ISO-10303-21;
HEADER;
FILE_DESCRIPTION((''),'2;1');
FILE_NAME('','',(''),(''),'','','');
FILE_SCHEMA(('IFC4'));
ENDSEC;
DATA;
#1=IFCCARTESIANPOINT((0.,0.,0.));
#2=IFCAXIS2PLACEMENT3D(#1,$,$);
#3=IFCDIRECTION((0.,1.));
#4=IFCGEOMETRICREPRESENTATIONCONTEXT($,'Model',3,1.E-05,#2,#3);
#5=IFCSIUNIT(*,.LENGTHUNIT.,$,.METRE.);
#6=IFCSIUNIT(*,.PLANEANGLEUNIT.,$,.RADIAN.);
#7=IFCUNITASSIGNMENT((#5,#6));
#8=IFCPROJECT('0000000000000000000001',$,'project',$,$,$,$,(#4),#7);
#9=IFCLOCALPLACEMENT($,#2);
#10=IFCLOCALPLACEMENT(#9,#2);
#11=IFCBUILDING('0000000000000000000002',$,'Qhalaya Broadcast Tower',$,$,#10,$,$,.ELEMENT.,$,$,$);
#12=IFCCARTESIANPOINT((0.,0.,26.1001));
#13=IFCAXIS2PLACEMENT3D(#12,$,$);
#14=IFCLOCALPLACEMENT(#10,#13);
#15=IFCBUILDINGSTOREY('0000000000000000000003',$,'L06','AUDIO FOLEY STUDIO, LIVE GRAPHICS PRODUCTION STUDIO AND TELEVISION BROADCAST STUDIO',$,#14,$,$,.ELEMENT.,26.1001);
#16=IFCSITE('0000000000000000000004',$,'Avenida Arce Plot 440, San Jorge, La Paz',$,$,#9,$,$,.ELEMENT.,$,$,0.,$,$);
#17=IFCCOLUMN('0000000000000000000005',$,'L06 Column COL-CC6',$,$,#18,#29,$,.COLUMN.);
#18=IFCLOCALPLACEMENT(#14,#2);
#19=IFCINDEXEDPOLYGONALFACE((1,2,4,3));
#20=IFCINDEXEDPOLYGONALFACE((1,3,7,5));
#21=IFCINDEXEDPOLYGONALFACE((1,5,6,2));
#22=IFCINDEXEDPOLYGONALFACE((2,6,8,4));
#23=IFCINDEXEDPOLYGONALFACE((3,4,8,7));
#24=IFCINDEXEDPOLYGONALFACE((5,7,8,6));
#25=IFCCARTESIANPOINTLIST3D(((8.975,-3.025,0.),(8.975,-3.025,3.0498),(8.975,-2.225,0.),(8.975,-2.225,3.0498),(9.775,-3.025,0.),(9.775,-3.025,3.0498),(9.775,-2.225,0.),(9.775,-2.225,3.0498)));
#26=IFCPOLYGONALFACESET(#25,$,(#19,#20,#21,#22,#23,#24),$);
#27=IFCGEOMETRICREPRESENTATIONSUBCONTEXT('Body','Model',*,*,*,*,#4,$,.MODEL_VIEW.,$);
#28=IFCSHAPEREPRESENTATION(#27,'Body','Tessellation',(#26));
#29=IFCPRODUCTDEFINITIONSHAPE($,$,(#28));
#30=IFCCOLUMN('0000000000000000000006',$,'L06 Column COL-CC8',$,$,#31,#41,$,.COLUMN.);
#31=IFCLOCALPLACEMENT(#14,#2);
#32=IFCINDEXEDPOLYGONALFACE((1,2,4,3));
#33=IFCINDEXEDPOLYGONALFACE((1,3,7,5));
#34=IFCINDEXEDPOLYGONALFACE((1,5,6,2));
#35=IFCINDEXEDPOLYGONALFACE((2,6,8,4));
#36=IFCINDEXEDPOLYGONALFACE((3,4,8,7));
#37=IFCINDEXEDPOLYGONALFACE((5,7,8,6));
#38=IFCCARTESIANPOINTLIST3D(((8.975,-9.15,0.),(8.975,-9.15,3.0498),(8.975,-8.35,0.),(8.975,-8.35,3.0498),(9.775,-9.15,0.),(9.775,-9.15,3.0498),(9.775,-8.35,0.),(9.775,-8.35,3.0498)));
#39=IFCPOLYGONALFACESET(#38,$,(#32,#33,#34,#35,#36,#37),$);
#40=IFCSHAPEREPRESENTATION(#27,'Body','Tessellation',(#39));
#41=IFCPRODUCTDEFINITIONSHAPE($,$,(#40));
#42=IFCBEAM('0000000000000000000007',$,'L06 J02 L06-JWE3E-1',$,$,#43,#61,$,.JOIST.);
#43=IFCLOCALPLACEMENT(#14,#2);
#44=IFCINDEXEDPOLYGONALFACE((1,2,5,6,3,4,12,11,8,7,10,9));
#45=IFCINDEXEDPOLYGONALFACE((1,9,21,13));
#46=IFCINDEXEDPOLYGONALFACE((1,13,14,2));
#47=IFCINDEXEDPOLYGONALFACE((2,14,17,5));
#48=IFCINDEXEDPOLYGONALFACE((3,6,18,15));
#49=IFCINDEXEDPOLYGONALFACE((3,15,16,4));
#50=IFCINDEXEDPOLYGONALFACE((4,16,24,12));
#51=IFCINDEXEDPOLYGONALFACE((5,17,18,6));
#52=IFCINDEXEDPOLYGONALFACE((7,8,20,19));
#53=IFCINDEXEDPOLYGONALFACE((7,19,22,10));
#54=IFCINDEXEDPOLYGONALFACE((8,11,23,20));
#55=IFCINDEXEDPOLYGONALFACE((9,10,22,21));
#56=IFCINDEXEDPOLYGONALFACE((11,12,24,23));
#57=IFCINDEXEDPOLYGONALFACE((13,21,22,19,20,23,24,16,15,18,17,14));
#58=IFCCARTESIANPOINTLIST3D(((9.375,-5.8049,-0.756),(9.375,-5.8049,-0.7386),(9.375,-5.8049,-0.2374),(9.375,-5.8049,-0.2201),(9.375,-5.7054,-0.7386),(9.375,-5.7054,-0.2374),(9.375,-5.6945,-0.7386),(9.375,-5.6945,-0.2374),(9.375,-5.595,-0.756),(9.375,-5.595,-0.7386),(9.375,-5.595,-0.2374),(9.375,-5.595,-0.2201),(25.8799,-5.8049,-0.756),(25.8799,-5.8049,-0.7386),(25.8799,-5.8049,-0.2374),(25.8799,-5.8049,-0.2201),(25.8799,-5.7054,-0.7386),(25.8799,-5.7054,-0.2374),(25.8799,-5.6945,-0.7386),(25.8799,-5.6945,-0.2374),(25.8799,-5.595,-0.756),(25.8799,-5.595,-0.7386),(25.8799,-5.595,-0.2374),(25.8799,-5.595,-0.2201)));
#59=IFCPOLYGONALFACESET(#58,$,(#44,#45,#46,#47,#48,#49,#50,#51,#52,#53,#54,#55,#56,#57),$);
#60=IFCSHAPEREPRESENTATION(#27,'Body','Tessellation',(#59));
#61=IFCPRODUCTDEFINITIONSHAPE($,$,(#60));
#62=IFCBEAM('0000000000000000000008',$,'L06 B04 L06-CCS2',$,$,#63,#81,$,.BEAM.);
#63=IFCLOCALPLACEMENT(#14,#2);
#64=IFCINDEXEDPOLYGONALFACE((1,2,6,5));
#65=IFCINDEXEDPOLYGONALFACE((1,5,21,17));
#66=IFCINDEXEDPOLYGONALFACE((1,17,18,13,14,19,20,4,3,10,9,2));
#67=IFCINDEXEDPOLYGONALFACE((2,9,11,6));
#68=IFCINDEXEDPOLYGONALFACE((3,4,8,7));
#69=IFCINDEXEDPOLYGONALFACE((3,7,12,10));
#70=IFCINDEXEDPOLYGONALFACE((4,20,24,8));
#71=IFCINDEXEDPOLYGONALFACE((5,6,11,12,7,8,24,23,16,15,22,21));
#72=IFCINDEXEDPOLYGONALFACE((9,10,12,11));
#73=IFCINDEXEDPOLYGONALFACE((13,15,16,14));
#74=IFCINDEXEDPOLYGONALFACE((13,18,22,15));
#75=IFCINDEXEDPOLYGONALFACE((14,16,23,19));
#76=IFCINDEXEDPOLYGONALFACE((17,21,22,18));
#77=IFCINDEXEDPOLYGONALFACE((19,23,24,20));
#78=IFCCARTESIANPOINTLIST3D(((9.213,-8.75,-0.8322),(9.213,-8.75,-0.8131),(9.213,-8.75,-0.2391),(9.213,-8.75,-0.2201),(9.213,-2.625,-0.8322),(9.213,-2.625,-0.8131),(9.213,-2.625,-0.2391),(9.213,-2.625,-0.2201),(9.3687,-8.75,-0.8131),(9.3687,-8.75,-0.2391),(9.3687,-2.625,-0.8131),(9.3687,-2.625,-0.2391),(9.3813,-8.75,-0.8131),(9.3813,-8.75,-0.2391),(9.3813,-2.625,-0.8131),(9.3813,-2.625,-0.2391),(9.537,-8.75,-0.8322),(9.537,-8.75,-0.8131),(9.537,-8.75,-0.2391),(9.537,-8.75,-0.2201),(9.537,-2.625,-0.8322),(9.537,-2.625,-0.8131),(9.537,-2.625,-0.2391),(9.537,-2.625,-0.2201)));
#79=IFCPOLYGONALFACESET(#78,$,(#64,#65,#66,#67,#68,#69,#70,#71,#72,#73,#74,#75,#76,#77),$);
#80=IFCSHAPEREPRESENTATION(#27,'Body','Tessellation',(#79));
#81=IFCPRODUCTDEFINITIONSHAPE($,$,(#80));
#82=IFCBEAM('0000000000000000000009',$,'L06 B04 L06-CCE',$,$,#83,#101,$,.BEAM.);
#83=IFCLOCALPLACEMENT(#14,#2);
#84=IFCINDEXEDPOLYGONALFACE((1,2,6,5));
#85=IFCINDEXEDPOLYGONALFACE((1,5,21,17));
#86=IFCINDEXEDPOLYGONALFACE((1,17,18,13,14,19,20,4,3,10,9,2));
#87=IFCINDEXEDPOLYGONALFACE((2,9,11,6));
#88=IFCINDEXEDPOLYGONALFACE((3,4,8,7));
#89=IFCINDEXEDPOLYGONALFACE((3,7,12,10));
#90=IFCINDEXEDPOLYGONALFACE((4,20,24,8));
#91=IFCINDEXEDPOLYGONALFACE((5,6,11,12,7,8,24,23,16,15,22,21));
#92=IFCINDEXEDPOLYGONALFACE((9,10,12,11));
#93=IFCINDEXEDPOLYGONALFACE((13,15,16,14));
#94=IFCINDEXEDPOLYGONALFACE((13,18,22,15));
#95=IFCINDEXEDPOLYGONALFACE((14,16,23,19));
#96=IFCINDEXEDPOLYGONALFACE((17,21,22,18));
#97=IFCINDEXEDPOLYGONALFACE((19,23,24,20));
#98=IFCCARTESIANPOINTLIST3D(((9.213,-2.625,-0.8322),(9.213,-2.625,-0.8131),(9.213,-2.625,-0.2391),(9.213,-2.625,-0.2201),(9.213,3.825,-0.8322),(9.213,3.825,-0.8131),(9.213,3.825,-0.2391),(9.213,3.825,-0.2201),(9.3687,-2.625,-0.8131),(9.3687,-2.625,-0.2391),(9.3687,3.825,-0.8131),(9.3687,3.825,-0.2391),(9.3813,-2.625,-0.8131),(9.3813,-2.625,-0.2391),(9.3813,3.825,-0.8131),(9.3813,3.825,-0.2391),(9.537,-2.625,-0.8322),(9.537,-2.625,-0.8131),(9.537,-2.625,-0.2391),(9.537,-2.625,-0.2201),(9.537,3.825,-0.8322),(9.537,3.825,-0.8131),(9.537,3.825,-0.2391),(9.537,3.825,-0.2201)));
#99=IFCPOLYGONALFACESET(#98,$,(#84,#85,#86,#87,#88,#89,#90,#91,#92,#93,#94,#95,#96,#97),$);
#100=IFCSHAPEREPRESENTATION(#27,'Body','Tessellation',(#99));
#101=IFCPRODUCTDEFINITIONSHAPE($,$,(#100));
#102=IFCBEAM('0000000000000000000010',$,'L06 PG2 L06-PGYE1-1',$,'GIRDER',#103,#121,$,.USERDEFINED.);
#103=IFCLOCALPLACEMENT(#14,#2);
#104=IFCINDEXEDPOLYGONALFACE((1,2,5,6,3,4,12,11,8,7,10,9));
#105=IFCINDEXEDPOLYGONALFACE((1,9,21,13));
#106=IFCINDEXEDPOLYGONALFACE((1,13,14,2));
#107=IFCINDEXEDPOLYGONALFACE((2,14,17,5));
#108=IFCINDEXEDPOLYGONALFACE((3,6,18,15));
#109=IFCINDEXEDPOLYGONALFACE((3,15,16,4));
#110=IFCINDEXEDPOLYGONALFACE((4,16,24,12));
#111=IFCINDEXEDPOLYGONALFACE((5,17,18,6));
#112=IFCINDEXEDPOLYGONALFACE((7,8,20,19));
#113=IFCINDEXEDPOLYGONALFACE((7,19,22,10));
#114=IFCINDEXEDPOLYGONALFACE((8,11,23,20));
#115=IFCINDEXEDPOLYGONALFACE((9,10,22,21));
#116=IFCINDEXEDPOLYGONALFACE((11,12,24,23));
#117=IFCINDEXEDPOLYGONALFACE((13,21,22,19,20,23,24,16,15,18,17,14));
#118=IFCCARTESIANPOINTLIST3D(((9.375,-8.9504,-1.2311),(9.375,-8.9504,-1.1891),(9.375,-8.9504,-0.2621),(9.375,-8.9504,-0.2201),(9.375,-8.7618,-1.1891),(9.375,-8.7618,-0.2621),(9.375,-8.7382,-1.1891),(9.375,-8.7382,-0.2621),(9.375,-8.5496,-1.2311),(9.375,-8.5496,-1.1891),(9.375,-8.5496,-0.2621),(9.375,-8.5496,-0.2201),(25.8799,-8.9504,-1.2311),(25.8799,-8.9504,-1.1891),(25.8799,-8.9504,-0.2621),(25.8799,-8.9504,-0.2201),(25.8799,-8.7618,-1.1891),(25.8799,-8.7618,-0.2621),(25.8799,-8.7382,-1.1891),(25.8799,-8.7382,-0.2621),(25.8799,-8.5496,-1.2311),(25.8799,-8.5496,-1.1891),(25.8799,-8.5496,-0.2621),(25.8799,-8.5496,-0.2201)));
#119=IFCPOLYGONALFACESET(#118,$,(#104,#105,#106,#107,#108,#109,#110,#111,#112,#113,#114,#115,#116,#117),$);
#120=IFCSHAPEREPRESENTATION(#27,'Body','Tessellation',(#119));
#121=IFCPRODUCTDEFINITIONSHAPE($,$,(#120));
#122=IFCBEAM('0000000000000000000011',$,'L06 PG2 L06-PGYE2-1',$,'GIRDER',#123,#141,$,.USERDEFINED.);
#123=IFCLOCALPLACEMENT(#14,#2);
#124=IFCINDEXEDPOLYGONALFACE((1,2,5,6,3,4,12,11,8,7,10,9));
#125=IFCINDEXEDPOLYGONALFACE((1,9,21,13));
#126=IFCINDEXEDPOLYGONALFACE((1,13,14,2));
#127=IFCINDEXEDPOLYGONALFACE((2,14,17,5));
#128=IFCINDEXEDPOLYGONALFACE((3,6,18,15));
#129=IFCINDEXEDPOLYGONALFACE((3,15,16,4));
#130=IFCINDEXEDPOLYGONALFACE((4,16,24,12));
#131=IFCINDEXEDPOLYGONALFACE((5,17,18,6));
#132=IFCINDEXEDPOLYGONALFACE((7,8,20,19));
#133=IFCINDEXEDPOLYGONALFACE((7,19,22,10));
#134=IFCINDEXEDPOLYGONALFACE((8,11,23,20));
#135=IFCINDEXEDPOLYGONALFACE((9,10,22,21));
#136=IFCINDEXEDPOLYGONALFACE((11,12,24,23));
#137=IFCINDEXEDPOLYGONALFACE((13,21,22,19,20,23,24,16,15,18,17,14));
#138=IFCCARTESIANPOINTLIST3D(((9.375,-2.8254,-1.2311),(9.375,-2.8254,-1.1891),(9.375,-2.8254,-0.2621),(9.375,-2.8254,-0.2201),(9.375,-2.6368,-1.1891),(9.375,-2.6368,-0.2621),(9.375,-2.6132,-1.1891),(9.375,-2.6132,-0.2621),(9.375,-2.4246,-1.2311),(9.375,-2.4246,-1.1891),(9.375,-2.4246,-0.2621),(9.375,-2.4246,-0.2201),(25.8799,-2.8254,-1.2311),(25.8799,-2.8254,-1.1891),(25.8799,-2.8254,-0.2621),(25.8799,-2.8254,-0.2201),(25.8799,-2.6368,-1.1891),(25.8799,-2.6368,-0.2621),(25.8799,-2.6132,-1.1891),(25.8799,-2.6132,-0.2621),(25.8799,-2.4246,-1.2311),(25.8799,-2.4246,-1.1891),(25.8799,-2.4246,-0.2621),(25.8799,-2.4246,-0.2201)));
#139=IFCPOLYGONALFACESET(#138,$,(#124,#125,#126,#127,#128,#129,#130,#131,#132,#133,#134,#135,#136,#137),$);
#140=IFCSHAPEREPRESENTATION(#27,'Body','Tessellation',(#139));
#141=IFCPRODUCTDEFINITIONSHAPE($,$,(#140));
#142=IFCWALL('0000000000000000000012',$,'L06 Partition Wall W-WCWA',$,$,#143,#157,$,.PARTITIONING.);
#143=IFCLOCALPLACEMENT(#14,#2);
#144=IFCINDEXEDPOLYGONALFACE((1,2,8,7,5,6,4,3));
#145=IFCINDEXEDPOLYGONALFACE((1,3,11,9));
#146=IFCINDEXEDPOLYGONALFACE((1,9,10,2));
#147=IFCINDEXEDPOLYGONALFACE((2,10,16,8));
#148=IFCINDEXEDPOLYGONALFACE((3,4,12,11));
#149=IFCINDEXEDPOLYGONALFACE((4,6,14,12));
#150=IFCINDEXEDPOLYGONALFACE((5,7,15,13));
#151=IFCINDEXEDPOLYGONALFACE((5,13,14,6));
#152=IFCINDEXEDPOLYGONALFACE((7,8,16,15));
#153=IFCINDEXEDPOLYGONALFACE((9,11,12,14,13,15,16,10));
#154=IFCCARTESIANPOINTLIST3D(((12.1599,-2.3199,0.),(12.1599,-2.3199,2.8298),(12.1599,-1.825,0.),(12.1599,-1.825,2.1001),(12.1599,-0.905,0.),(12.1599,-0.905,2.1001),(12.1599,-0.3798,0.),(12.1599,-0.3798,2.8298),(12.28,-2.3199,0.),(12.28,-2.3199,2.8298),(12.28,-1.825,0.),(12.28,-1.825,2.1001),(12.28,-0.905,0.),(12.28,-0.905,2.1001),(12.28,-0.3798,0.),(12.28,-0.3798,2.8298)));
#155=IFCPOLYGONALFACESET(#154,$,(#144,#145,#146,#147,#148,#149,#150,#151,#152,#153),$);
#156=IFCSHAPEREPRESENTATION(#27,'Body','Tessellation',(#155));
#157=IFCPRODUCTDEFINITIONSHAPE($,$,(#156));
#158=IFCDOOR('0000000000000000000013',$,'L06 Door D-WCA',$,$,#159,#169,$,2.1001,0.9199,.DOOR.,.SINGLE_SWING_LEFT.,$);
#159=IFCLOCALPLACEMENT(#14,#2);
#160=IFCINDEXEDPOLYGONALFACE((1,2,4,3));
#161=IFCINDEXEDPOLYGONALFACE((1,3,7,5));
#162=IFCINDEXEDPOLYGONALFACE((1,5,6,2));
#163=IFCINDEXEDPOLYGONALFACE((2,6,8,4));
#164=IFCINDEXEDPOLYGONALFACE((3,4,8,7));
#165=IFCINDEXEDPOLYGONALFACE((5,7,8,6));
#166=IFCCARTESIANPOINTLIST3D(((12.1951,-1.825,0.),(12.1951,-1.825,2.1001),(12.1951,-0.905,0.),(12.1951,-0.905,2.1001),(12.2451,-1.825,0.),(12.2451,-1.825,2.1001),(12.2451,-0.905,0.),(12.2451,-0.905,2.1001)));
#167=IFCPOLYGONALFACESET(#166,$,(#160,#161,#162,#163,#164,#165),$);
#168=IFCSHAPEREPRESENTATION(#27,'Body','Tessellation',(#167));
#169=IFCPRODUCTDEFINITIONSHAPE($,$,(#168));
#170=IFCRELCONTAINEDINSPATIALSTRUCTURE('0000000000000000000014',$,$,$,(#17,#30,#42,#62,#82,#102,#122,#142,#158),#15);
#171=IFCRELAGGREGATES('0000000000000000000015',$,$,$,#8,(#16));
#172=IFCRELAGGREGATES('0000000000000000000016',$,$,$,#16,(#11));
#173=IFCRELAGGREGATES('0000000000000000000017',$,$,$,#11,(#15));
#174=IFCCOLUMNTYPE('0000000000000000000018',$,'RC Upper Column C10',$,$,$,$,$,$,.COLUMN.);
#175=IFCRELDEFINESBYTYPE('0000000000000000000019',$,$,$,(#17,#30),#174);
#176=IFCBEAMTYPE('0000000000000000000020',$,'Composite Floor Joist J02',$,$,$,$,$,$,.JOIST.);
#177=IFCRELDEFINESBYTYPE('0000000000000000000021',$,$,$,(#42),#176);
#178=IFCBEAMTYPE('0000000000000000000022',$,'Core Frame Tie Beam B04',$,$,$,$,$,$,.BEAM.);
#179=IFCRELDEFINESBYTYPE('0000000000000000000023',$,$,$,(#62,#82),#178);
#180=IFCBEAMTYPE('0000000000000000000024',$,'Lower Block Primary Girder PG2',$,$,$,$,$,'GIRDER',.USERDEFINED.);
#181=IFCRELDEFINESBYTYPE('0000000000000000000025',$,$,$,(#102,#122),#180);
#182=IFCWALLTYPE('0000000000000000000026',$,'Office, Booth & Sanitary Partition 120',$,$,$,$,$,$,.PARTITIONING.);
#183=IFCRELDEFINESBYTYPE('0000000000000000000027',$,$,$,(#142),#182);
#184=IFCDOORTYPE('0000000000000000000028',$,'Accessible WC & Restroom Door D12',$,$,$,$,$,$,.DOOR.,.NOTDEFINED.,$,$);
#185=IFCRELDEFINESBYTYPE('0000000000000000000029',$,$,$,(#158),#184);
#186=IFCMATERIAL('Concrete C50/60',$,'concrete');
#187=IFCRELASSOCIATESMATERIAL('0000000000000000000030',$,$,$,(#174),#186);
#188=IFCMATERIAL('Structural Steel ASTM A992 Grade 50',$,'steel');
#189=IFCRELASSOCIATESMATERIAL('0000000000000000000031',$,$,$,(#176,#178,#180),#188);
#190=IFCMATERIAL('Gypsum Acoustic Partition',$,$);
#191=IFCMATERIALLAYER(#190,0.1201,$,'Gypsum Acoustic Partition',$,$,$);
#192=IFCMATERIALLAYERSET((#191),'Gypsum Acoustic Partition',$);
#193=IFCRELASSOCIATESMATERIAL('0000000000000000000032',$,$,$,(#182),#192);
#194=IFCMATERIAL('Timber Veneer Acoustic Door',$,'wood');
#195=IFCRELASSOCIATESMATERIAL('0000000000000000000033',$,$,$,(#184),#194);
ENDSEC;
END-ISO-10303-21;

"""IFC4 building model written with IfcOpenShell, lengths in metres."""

from ifc_helpers import new_model, si_unit, direction, frame, frame_2d, origin, origin_2d, place, context, subcontext, project, spatial, rectangle, i_section, extrude, material, layer, layer_set, material_profile, profile_set, type_object, element, fill, save


model = new_model("IFC4")

# Units and contexts
model_context = context("Model", 3, precision=1e-05, world=origin(), true_north=direction((0.0, 1.0)))
body_context = subcontext(model_context, "Body", "Model", "MODEL_VIEW")
ifc_project = project(units=[si_unit("LENGTHUNIT", "METRE"), si_unit("PLANEANGLEUNIT", "RADIAN")], contexts=[model_context])

# Site, building, storey
site_placement = place(None, origin())
site = spatial("IfcSite", under=ifc_project, at=site_placement, Name="Avenida Arce Plot 440, San Jorge, La Paz", CompositionType="ELEMENT", RefElevation=0.0)
building_placement = place(site_placement, origin())
building = spatial("IfcBuilding", under=site, at=building_placement, Name="Qhalaya Broadcast Tower", CompositionType="ELEMENT")
storey_placement = place(building_placement, frame((0.0, 0.0, 26.1001)))
storey = spatial("IfcBuildingStorey", under=building, at=storey_placement, Name="L06", Description="AUDIO FOLEY STUDIO, LIVE GRAPHICS PRODUCTION STUDIO AND TELEVISION BROADCAST STUDIO", CompositionType="ELEMENT", Elevation=26.1001)

# Columns
ifc_material_1 = material(Name="Concrete C50/60", Category="concrete")
ifc_material_profile_1 = material_profile(ifc_material_1, rectangle(XDim=0.8, YDim=0.8, at=origin_2d()), Name="RC-COL 800x800")
ifc_profile_set_1 = profile_set([ifc_material_profile_1], Name="Concrete C50/60")
column_type = type_object("IfcColumnType", Name="RC Upper Column C10", PredefinedType="COLUMN", material=ifc_profile_set_1)
for number, where, z_axis, x_axis, name in (
    (1, (9.375, -2.625, 0.0), (0.0, 0.0, 1.0), (1.0, 0.0, 0.0), "L06 Column COL-CC6"),
    (2, (9.375, -8.75, 0.0), (0.0, 0.0, 1.0), (1.0, 0.0, 0.0), "L06 Column COL-CC8"),
):
    element("IfcColumn", number, at=place(storey_placement, frame(where, z_axis=z_axis, x_axis=x_axis)), inside=storey, type_object=column_type, Name=name, PredefinedType="COLUMN", context=body_context, shape_type="SweptSolid", body=[
        extrude(rectangle(XDim=0.8, YDim=0.8, at=origin_2d()), origin(), (0.0, 0.0, 1.0), 3.0498),
    ])

# Beams
ifc_material_2 = material(Name="Structural Steel ASTM A992 Grade 50", Category="steel")
ifc_material_profile_2 = material_profile(ifc_material_2, i_section(OverallWidth=0.21, OverallDepth=0.5359, WebThickness=0.011, FlangeThickness=0.0173, at=origin_2d()), Name="W21X68")
ifc_profile_set_2 = profile_set([ifc_material_profile_2], Name="Structural Steel ASTM A992 Grade 50")
beam_type_1 = type_object("IfcBeamType", Name="Composite Floor Joist J02", PredefinedType="JOIST", material=ifc_profile_set_2)
beam_1_placement = place(storey_placement, frame((9.375, -5.7, -0.488), z_axis=(1.0, 0.0, 0.0), x_axis=(0.0, 1.0, 0.0)))
element("IfcBeam", 3, at=beam_1_placement, inside=storey, type_object=beam_type_1, Name="L06 J02 L06-JWE3E-1", PredefinedType="JOIST", context=body_context, shape_type="SweptSolid", body=[
    extrude(i_section(OverallWidth=0.21, OverallDepth=0.5359, WebThickness=0.011, FlangeThickness=0.0173, at=origin_2d()), origin(), (0.0, 0.0, 1.0), 16.5049),
])
ifc_material_profile_3 = material_profile(ifc_material_2, i_section(OverallWidth=0.324, OverallDepth=0.6121, WebThickness=0.0127, FlangeThickness=0.019, at=origin_2d()), Name="W24X104")
ifc_profile_set_3 = profile_set([ifc_material_profile_3], Name="Structural Steel ASTM A992 Grade 50")
beam_type_2 = type_object("IfcBeamType", Name="Core Frame Tie Beam B04", PredefinedType="BEAM", material=ifc_profile_set_3)
beam_2_placement = place(storey_placement, frame((9.375, -8.75, -0.5261), z_axis=(0.0, 1.0, 0.0), x_axis=(-1.0, 0.0, 0.0)))
element("IfcBeam", 4, at=beam_2_placement, inside=storey, type_object=beam_type_2, Name="L06 B04 L06-CCS2", PredefinedType="BEAM", context=body_context, shape_type="SweptSolid", body=[
    extrude(i_section(OverallWidth=0.324, OverallDepth=0.6121, WebThickness=0.0127, FlangeThickness=0.019, at=origin_2d()), origin(), (0.0, 0.0, 1.0), 6.125),
])
beam_3_placement = place(storey_placement, frame((9.375, -2.625, -0.5261), z_axis=(0.0, 1.0, 0.0), x_axis=(-1.0, 0.0, 0.0)))
element("IfcBeam", 5, at=beam_3_placement, inside=storey, type_object=beam_type_2, Name="L06 B04 L06-CCE", PredefinedType="BEAM", context=body_context, shape_type="SweptSolid", body=[
    extrude(i_section(OverallWidth=0.324, OverallDepth=0.6121, WebThickness=0.0127, FlangeThickness=0.019, at=origin_2d()), origin(), (0.0, 0.0, 1.0), 6.45),
])
ifc_material_profile_4 = material_profile(ifc_material_2, i_section(OverallWidth=0.4009, OverallDepth=1.011, WebThickness=0.0237, FlangeThickness=0.042, at=origin_2d()), Name="W40X297")
ifc_profile_set_4 = profile_set([ifc_material_profile_4], Name="Structural Steel ASTM A992 Grade 50")
beam_type_3 = type_object("IfcBeamType", Name="Lower Block Primary Girder PG2", ElementType="GIRDER", PredefinedType="USERDEFINED", material=ifc_profile_set_4)
for number, where, z_axis, x_axis, name in (
    (6, (9.375, -8.75, -0.7256), (1.0, 0.0, 0.0), (0.0, 1.0, 0.0), "L06 PG2 L06-PGYE1-1"),
    (7, (9.375, -2.625, -0.7256), (1.0, 0.0, 0.0), (0.0, 1.0, 0.0), "L06 PG2 L06-PGYE2-1"),
):
    element("IfcBeam", number, at=place(storey_placement, frame(where, z_axis=z_axis, x_axis=x_axis)), inside=storey, type_object=beam_type_3, Name=name, ObjectType="GIRDER", PredefinedType="USERDEFINED", context=body_context, shape_type="SweptSolid", body=[
        extrude(i_section(OverallWidth=0.4009, OverallDepth=1.011, WebThickness=0.0237, FlangeThickness=0.042, at=origin_2d()), origin(), (0.0, 0.0, 1.0), 16.5049),
    ])

# Wall, opening, door
ifc_material_3 = material(Name="Gypsum Acoustic Partition")
ifc_layer = layer(ifc_material_3, 0.1201, Name="Gypsum Acoustic Partition")
ifc_layer_set = layer_set([ifc_layer], Name="Gypsum Acoustic Partition")
wall_type = type_object("IfcWallType", Name="Office, Booth & Sanitary Partition 120", PredefinedType="PARTITIONING", material=ifc_layer_set)
wall_1_placement = place(storey_placement, frame((12.22, -2.3201, 0.0), z_axis=(0.0, 0.0, 1.0), x_axis=(0.0, 1.0, 0.0)))
wall_1 = element("IfcWall", 8, at=wall_1_placement, inside=storey, type_object=wall_type, Name="L06 Partition Wall W-WCWA", PredefinedType="PARTITIONING", context=body_context, shape_type="SweptSolid", body=[
    extrude(rectangle(XDim=1.9402, YDim=0.1201, at=frame_2d((0.9702, 0.0))), origin(), (0.0, 0.0, 1.0), 2.8298),
])
opening_1_placement = place(wall_1_placement, frame((0.4951, 0.0, 0.0)))
opening_1 = element("IfcOpeningElement", 9, at=opening_1_placement, cuts=wall_1, PredefinedType="OPENING", context=body_context, shape_type="SweptSolid", body=[
    extrude(rectangle(XDim=0.9199, YDim=2.1001, at=frame_2d((0.46, 1.05))), frame((0.0, 0.072, 0.0), z_axis=(0.0, -1.0, 0.0), x_axis=(1.0, 0.0, 0.0)), (0.0, 0.0, 1.0), 0.144),
])
ifc_material_4 = material(Name="Timber Veneer Acoustic Door", Category="wood")
door_type = type_object("IfcDoorType", Name="Accessible WC & Restroom Door D12", OperationType="NOTDEFINED", PredefinedType="DOOR", material=ifc_material_4)
door_1_placement = place(opening_1_placement, origin())
door_1 = element("IfcDoor", 10, at=door_1_placement, inside=storey, type_object=door_type, Name="L06 Door D-WCA", OperationType="SINGLE_SWING_LEFT", OverallHeight=2.1001, OverallWidth=0.9199, PredefinedType="DOOR", context=body_context, shape_type="SweptSolid", body=[
    extrude(rectangle(XDim=0.9199, YDim=2.1001, at=frame_2d((0.46, 1.05))), frame((0.0, 0.0249, 0.0), z_axis=(0.0, -1.0, 0.0), x_axis=(1.0, 0.0, 0.0)), (0.0, 0.0, 1.0), 0.05),
])
fill(opening_1, door_1)

save(model, "model.ifc")
